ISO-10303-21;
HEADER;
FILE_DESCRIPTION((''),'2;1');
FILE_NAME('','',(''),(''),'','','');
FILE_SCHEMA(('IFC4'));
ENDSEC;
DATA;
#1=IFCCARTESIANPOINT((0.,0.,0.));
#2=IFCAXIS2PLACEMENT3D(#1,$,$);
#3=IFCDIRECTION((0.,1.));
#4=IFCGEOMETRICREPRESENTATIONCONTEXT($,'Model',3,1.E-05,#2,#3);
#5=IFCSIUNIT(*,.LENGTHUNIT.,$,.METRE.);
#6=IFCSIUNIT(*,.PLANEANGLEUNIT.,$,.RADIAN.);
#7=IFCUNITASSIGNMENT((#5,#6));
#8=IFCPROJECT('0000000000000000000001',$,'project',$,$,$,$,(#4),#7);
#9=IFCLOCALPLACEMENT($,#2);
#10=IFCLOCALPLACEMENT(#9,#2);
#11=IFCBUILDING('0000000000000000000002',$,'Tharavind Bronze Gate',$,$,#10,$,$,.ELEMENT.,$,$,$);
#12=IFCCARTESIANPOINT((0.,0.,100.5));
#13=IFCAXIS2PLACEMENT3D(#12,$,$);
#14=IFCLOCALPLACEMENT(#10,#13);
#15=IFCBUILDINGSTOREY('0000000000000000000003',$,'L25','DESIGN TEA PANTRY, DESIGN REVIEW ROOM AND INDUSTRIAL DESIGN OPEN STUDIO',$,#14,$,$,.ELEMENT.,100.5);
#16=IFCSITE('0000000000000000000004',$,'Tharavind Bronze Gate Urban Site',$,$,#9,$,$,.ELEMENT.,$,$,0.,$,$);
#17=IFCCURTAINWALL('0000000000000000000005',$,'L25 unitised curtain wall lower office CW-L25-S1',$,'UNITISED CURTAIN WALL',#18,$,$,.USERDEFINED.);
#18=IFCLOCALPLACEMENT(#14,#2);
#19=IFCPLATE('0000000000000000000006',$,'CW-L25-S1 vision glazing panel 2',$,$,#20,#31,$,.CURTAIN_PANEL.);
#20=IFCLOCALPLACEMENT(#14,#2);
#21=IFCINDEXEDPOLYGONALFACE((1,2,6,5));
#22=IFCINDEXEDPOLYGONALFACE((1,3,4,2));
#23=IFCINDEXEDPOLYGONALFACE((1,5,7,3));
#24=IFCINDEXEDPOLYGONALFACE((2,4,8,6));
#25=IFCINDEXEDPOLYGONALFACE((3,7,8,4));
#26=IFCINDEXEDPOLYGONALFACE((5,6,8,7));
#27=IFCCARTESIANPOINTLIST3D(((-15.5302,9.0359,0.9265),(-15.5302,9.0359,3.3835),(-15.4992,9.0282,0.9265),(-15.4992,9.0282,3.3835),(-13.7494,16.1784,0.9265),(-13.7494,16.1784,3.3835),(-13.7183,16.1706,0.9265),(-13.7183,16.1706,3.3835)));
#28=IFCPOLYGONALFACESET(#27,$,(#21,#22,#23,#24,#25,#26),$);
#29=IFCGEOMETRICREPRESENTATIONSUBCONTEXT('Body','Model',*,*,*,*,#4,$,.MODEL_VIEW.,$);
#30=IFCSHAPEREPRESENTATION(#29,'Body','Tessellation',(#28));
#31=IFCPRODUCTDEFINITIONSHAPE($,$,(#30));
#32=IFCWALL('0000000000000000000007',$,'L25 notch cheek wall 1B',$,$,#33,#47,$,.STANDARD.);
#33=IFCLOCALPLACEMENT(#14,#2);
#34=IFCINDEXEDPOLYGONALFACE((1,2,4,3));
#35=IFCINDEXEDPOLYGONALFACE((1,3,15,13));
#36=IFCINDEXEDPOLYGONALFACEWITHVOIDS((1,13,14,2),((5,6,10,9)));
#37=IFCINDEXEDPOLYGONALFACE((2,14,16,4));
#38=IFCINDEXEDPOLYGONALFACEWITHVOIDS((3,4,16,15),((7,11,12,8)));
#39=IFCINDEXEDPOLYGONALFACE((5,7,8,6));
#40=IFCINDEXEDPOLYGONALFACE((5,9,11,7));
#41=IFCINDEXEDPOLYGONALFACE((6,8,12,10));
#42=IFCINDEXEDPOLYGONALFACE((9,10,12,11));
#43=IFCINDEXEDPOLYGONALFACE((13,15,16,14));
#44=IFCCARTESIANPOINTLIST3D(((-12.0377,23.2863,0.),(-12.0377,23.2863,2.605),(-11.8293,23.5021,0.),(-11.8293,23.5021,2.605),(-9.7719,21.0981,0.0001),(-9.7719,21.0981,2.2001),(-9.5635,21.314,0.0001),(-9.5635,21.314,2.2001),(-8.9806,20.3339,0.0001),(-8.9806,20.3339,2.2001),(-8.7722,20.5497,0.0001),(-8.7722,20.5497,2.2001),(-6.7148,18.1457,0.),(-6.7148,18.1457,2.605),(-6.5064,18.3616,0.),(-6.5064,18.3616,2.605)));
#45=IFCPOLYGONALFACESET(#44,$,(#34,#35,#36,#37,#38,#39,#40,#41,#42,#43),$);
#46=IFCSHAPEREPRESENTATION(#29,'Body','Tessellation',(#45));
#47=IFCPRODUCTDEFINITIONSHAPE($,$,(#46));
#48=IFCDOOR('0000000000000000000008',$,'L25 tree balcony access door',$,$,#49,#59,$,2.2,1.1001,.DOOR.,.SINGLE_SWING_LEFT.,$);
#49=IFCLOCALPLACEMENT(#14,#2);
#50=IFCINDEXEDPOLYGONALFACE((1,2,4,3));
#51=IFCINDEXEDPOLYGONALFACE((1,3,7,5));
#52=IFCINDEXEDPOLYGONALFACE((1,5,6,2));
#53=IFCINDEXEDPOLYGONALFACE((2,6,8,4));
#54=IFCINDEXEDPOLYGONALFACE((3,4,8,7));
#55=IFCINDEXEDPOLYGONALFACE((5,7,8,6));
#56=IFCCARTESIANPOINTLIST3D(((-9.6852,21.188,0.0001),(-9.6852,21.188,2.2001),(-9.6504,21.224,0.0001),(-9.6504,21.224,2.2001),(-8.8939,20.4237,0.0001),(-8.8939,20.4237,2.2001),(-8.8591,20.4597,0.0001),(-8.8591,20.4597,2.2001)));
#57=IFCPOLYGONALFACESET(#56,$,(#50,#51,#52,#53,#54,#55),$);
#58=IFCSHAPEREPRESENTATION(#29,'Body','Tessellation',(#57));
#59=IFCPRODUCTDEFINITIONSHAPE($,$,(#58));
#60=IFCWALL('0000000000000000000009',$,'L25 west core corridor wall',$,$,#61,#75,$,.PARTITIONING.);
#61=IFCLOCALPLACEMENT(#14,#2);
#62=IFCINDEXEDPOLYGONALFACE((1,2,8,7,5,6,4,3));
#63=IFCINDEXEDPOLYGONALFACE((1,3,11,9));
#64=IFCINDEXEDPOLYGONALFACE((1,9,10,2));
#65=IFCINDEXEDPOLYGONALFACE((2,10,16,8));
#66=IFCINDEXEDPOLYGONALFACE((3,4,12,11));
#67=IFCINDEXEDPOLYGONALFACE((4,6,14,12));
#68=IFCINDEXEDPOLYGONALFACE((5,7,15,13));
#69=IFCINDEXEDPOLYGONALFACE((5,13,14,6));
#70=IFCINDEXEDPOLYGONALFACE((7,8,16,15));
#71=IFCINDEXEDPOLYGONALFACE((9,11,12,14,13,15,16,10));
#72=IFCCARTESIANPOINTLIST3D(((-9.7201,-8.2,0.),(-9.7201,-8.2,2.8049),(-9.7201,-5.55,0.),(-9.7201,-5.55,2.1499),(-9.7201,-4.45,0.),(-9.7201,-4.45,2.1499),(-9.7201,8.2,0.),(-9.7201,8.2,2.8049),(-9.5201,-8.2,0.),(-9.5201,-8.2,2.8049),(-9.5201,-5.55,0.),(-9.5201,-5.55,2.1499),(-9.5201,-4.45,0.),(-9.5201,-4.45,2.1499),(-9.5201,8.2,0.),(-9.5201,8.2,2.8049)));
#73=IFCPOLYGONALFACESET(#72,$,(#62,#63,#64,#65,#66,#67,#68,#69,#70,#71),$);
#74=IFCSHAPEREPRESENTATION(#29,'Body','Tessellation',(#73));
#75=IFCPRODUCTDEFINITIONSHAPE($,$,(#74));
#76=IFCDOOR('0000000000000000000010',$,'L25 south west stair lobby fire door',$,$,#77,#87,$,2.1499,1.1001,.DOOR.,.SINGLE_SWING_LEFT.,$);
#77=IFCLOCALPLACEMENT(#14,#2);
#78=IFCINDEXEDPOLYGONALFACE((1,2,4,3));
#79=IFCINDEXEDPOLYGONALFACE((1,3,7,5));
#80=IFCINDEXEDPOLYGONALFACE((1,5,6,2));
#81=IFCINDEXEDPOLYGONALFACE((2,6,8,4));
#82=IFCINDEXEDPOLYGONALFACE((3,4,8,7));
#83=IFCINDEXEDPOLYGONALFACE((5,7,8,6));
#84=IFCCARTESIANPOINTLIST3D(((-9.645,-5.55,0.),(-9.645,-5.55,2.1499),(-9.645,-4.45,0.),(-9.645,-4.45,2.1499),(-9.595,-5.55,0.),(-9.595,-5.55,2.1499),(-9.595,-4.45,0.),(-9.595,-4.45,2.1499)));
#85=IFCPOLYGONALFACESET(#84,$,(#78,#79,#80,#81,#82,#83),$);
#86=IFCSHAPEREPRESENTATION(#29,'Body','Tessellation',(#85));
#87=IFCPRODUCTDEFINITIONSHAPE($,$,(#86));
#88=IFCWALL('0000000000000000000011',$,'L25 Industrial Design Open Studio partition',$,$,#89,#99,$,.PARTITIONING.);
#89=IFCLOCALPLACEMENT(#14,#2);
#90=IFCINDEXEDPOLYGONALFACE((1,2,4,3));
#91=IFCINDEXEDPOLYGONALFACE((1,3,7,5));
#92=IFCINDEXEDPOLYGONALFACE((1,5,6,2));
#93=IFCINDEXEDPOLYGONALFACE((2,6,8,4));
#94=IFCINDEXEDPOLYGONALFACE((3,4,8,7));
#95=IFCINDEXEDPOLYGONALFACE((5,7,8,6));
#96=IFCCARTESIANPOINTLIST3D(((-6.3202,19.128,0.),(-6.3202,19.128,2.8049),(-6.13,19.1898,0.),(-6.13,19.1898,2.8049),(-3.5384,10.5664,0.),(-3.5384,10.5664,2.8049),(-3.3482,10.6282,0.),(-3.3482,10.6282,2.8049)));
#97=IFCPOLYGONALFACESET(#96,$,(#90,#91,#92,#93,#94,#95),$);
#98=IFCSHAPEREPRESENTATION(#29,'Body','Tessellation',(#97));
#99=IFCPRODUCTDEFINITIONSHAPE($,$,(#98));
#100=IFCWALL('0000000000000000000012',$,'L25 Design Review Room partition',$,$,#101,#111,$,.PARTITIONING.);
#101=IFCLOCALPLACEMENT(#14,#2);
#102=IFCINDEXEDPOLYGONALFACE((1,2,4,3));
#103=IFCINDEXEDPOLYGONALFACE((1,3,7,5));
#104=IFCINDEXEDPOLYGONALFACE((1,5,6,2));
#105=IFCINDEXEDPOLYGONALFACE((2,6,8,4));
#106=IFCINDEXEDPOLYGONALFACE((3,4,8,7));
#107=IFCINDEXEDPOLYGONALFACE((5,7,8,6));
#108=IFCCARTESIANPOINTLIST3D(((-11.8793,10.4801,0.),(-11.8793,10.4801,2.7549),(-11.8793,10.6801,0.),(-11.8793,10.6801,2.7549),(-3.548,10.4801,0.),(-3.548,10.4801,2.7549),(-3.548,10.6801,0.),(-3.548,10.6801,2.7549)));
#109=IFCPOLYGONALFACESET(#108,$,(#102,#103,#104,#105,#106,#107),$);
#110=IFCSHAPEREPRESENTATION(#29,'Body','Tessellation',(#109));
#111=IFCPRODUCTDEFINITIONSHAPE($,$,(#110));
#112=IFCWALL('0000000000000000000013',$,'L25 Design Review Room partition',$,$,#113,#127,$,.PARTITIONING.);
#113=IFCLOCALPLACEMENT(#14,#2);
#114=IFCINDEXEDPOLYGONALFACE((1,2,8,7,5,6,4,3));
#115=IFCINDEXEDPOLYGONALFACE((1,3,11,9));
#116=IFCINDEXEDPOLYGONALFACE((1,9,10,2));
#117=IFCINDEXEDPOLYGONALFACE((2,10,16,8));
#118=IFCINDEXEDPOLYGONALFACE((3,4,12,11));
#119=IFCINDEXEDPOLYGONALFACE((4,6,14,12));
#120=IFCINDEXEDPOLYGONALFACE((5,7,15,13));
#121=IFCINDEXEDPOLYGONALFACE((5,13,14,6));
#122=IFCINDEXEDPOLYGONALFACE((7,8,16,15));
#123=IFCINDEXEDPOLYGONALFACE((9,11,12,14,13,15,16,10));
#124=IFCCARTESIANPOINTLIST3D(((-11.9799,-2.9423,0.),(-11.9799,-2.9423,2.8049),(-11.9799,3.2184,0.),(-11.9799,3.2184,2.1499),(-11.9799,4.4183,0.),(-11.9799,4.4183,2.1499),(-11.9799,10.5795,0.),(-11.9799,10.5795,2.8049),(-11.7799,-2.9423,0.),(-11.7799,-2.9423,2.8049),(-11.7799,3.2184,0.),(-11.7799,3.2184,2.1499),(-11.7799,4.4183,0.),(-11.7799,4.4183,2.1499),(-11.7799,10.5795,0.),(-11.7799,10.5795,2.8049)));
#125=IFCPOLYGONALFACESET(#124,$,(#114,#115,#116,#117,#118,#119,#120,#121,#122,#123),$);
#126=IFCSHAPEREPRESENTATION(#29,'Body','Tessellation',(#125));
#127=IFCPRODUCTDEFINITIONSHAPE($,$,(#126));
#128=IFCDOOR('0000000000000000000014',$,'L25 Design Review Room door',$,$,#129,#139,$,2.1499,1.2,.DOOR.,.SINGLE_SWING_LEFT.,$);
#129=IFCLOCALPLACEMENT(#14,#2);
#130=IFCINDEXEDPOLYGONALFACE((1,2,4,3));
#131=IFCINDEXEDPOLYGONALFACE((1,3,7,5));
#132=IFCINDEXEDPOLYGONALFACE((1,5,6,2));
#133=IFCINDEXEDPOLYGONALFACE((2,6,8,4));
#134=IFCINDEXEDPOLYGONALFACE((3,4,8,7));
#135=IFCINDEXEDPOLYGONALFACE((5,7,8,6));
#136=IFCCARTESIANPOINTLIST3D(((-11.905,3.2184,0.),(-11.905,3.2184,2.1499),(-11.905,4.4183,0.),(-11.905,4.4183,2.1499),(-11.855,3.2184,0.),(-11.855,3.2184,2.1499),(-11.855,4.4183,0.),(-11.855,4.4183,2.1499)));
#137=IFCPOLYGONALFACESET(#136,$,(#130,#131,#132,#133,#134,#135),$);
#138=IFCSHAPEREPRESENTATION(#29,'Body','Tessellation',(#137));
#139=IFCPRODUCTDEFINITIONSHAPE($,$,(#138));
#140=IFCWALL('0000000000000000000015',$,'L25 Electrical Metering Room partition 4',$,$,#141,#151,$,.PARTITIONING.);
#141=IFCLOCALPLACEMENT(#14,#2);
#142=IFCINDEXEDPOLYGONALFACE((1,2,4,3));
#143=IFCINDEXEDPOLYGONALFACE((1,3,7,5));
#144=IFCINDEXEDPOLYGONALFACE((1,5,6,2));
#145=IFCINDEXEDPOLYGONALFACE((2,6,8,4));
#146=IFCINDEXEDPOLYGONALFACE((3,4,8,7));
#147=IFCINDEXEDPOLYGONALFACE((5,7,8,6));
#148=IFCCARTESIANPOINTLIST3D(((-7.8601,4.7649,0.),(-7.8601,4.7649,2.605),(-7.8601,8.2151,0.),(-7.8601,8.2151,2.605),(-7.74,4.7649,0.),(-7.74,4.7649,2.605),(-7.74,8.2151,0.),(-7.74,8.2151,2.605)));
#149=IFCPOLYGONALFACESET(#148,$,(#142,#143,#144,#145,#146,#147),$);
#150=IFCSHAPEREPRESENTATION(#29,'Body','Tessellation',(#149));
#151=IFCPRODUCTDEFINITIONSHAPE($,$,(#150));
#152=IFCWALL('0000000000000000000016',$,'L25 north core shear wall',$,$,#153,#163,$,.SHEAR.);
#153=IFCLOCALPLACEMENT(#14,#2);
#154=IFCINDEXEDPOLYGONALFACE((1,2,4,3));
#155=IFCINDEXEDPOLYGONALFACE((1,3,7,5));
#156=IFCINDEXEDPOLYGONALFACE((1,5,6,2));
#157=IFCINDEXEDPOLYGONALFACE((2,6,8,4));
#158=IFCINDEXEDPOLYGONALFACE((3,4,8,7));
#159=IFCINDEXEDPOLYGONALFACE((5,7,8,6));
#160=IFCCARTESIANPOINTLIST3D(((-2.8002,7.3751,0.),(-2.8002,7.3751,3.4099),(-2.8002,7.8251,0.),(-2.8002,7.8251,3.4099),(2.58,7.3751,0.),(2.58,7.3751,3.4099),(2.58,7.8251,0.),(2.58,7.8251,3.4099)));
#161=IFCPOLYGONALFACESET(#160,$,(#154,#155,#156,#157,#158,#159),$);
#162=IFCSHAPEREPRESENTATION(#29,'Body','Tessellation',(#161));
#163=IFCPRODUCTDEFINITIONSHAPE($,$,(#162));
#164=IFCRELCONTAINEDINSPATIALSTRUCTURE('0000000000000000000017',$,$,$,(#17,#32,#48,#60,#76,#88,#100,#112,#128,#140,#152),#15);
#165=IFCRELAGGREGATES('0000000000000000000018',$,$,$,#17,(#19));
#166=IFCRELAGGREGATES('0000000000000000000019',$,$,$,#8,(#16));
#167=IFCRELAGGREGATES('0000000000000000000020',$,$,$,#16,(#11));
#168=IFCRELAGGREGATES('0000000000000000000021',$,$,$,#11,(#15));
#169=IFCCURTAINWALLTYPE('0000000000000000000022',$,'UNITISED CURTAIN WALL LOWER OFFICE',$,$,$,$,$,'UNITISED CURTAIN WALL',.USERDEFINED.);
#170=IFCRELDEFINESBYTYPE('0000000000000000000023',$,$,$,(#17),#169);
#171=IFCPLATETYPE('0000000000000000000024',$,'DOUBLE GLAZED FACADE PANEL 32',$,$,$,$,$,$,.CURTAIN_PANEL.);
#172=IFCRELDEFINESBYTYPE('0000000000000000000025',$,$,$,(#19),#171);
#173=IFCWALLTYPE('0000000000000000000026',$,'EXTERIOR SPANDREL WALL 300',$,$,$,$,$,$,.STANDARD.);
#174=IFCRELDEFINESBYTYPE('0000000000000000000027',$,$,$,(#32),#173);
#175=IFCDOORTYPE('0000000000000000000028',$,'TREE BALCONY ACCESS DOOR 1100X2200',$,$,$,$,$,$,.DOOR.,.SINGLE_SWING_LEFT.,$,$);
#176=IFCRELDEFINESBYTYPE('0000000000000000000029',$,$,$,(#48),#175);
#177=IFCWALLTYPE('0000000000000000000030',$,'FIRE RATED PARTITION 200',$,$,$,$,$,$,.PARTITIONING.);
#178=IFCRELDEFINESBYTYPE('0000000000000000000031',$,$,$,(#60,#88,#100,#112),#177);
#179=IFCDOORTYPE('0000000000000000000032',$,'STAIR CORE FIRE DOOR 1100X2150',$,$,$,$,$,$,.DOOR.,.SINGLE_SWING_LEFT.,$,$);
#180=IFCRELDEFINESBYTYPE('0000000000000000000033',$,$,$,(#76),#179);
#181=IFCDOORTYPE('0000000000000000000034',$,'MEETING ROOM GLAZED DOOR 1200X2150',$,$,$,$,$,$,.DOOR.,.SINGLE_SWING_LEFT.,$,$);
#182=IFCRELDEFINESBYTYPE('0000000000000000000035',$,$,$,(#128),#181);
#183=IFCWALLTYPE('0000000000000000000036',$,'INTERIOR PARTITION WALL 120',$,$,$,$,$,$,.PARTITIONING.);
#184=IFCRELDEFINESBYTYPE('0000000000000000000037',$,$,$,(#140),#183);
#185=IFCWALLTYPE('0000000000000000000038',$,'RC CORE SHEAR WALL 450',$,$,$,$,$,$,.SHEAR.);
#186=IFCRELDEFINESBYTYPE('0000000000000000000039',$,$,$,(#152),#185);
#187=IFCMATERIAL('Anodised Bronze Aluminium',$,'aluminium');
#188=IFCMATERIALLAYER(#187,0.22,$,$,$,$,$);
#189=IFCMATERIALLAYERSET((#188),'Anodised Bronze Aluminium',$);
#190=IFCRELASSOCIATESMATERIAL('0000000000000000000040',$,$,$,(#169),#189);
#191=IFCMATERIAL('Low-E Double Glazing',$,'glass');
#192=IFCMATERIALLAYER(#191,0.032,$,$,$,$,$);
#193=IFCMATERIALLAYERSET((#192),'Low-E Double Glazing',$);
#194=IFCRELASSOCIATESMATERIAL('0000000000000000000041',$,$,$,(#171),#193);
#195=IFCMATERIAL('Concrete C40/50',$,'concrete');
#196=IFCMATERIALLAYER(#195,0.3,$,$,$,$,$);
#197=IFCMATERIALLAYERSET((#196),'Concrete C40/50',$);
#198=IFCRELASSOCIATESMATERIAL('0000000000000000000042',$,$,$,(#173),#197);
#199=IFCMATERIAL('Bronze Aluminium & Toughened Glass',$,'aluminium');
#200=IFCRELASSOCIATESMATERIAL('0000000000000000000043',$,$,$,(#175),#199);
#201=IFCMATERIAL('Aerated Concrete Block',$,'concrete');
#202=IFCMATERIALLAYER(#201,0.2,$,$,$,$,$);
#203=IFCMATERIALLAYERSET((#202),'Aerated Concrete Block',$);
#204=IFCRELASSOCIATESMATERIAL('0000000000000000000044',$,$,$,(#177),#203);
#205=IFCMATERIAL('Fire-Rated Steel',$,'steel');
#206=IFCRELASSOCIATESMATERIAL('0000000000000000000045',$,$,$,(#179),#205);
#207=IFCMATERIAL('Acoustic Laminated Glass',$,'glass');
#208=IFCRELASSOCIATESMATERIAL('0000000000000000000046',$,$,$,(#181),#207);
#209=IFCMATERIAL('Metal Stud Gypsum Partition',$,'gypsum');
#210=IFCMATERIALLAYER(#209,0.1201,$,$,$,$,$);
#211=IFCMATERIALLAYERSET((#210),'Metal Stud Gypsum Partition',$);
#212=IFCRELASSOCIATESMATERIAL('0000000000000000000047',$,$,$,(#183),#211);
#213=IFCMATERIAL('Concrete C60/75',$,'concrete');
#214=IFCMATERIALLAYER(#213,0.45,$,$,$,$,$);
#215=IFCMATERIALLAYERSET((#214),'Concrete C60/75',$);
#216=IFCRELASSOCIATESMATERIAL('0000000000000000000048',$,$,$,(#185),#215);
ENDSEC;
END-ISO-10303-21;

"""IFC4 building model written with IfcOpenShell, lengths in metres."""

from ifc_helpers import new_model, si_unit, direction, frame, frame_2d, origin, origin_2d, place, context, subcontext, project, spatial, rectangle, extrude, material, layer, layer_set, type_object, element, fill, aggregate, save


model = new_model("IFC4")

# Units and contexts
model_context = context("Model", 3, precision=1e-05, world=origin(), true_north=direction((0.0, 1.0)))
body_context = subcontext(model_context, "Body", "Model", "MODEL_VIEW")
ifc_project = project(units=[si_unit("LENGTHUNIT", "METRE"), si_unit("PLANEANGLEUNIT", "RADIAN")], contexts=[model_context])

# Site, building, storey
site_placement = place(None, origin())
site = spatial("IfcSite", under=ifc_project, at=site_placement, Name="Tharavind Bronze Gate Urban Site", CompositionType="ELEMENT", RefElevation=0.0)
building_placement = place(site_placement, origin())
building = spatial("IfcBuilding", under=site, at=building_placement, Name="Tharavind Bronze Gate", CompositionType="ELEMENT")
storey_placement = place(building_placement, frame((0.0, 0.0, 100.5)))
storey = spatial("IfcBuildingStorey", under=building, at=storey_placement, Name="L25", Description="DESIGN TEA PANTRY, DESIGN REVIEW ROOM AND INDUSTRIAL DESIGN OPEN STUDIO", CompositionType="ELEMENT", Elevation=100.5)

# Curtain wall
ifc_material_1 = material(Name="Anodised Bronze Aluminium", Category="aluminium")
ifc_layer_1 = layer(ifc_material_1, 0.22)
ifc_layer_set_1 = layer_set([ifc_layer_1], Name="Anodised Bronze Aluminium")
curtain_wall_type = type_object("IfcCurtainWallType", Name="UNITISED CURTAIN WALL LOWER OFFICE", ElementType="UNITISED CURTAIN WALL", PredefinedType="USERDEFINED", material=ifc_layer_set_1)
curtain_wall_placement = place(storey_placement, origin())
curtain_wall = element("IfcCurtainWall", 1, at=curtain_wall_placement, inside=storey, type_object=curtain_wall_type, Name="L25 unitised curtain wall lower office CW-L25-S1", ObjectType="UNITISED CURTAIN WALL", PredefinedType="USERDEFINED")

# Plate
ifc_material_2 = material(Name="Low-E Double Glazing", Category="glass")
ifc_layer_2 = layer(ifc_material_2, 0.032)
ifc_layer_set_2 = layer_set([ifc_layer_2], Name="Low-E Double Glazing")
plate_type_1 = type_object("IfcPlateType", Name="DOUBLE GLAZED FACADE PANEL 32", PredefinedType="CURTAIN_PANEL", material=ifc_layer_set_2)
plate_1_placement = place(storey_placement, frame((-14.6243, 12.6033, 0.9265), z_axis=(0.0, 0.0, 1.0), x_axis=(-0.241922, -0.970296, 0.0)))
plate_1 = element("IfcPlate", 2, at=plate_1_placement, type_object=plate_type_1, Name="CW-L25-S1 vision glazing panel 2", PredefinedType="CURTAIN_PANEL", context=body_context, shape_type="SweptSolid", body=[
    extrude(rectangle(XDim=7.3611, YDim=0.032, at=origin_2d()), origin(), (0.0, 0.0, 1.0), 2.457),
])
aggregate(curtain_wall, [plate_1])

# Walls, openings, doors
ifc_material_3 = material(Name="Concrete C40/50", Category="concrete")
ifc_layer_3 = layer(ifc_material_3, 0.3)
ifc_layer_set_3 = layer_set([ifc_layer_3], Name="Concrete C40/50")
wall_type_1 = type_object("IfcWallType", Name="EXTERIOR SPANDREL WALL 300", PredefinedType="STANDARD", material=ifc_layer_set_3)
wall_1_placement = place(storey_placement, frame((-6.6106, 18.2537, 0.0), z_axis=(0.0, 0.0, 1.0), x_axis=(-0.719322, 0.694677, 0.0)))
wall_1 = element("IfcWall", 3, at=wall_1_placement, inside=storey, type_object=wall_type_1, Name="L25 notch cheek wall 1B", PredefinedType="STANDARD", context=body_context, shape_type="SweptSolid", body=[
    extrude(rectangle(XDim=7.3999, YDim=0.3, at=frame_2d((3.7, 0.0))), origin(), (0.0, 0.0, 1.0), 2.605),
])
opening_1_placement = place(wall_1_placement, frame((3.1499, 0.0, 0.0)))
opening_1 = element("IfcOpeningElement", 4, at=opening_1_placement, cuts=wall_1, PredefinedType="OPENING", context=body_context, shape_type="SweptSolid", body=[
    extrude(rectangle(XDim=1.1001, YDim=2.2, at=frame_2d((0.55, 1.1001))), frame((0.0, 0.1599, 0.0), z_axis=(0.0, -1.0, 0.0), x_axis=(1.0, 0.0, 0.0)), (0.0, 0.0, 1.0), 0.32),
])
ifc_material_4 = material(Name="Bronze Aluminium & Toughened Glass", Category="aluminium")
door_type_1 = type_object("IfcDoorType", Name="TREE BALCONY ACCESS DOOR 1100X2200", OperationType="SINGLE_SWING_LEFT", PredefinedType="DOOR", material=ifc_material_4)
door_1_placement = place(opening_1_placement, frame((1.1001, 0.0, 0.0), z_axis=(0.0, 0.0, 1.0), x_axis=(-1.0, 0.0, 0.0)))
door_1 = element("IfcDoor", 5, at=door_1_placement, inside=storey, type_object=door_type_1, Name="L25 tree balcony access door", OperationType="SINGLE_SWING_LEFT", OverallHeight=2.2, OverallWidth=1.1001, PredefinedType="DOOR", context=body_context, shape_type="SweptSolid", body=[
    extrude(rectangle(XDim=1.1001, YDim=2.2, at=frame_2d((0.55, 1.1001))), frame((0.0, 0.0249, 0.0), z_axis=(0.0, -1.0, 0.0), x_axis=(1.0, 0.0, 0.0)), (0.0, 0.0, 1.0), 0.05),
])
fill(opening_1, door_1)
ifc_material_5 = material(Name="Aerated Concrete Block", Category="concrete")
ifc_layer_4 = layer(ifc_material_5, 0.2)
ifc_layer_set_4 = layer_set([ifc_layer_4], Name="Aerated Concrete Block")
wall_type_2 = type_object("IfcWallType", Name="FIRE RATED PARTITION 200", PredefinedType="PARTITIONING", material=ifc_layer_set_4)
wall_2_placement = place(storey_placement, frame((-9.6201, 8.2, 0.0), z_axis=(0.0, 0.0, 1.0), x_axis=(0.0, -1.0, 0.0)))
wall_2 = element("IfcWall", 6, at=wall_2_placement, inside=storey, type_object=wall_type_2, Name="L25 west core corridor wall", PredefinedType="PARTITIONING", context=body_context, shape_type="SweptSolid", body=[
    extrude(rectangle(XDim=16.3999, YDim=0.2, at=frame_2d((8.2, 0.0))), origin(), (0.0, 0.0, 1.0), 2.8049),
])
opening_2_placement = place(wall_2_placement, frame((12.6499, 0.0, 0.0)))
opening_2 = element("IfcOpeningElement", 7, at=opening_2_placement, cuts=wall_2, PredefinedType="OPENING", context=body_context, shape_type="SweptSolid", body=[
    extrude(rectangle(XDim=1.1001, YDim=2.1499, at=frame_2d((0.55, 1.075))), frame((0.0, 0.1101, 0.0), z_axis=(0.0, -1.0, 0.0), x_axis=(1.0, 0.0, 0.0)), (0.0, 0.0, 1.0), 0.22),
])
ifc_material_6 = material(Name="Fire-Rated Steel", Category="steel")
door_type_2 = type_object("IfcDoorType", Name="STAIR CORE FIRE DOOR 1100X2150", OperationType="SINGLE_SWING_LEFT", PredefinedType="DOOR", material=ifc_material_6)
door_2_placement = place(opening_2_placement, frame((1.1001, 0.0, 0.0), z_axis=(0.0, 0.0, 1.0), x_axis=(-1.0, 0.0, 0.0)))
door_2 = element("IfcDoor", 8, at=door_2_placement, inside=storey, type_object=door_type_2, Name="L25 south west stair lobby fire door", OperationType="SINGLE_SWING_LEFT", OverallHeight=2.1499, OverallWidth=1.1001, PredefinedType="DOOR", context=body_context, shape_type="SweptSolid", body=[
    extrude(rectangle(XDim=1.1001, YDim=2.1499, at=frame_2d((0.55, 1.075))), frame((0.0, 0.0249, 0.0), z_axis=(0.0, -1.0, 0.0), x_axis=(1.0, 0.0, 0.0)), (0.0, 0.0, 1.0), 0.05),
])
fill(opening_2, door_2)

# Walls
wall_3_placement = place(storey_placement, frame((-3.4434, 10.5974, 0.0), z_axis=(0.0, 0.0, 1.0), x_axis=(-0.30901, 0.951059, 0.0)))
element("IfcWall", 9, at=wall_3_placement, inside=storey, type_object=wall_type_2, Name="L25 Industrial Design Open Studio partition", PredefinedType="PARTITIONING", context=body_context, shape_type="SweptSolid", body=[
    extrude(rectangle(XDim=9.0022, YDim=0.2, at=frame_2d((4.501, 0.0))), origin(), (0.0, 0.0, 1.0), 2.8049),
])
wall_4_placement = place(storey_placement, frame((-3.5481, 10.5801, 0.0), z_axis=(0.0, 0.0, 1.0), x_axis=(-1.0, 0.0, 0.0)))
element("IfcWall", 10, at=wall_4_placement, inside=storey, type_object=wall_type_2, Name="L25 Design Review Room partition", PredefinedType="PARTITIONING", context=body_context, shape_type="SweptSolid", body=[
    extrude(rectangle(XDim=8.3313, YDim=0.2, at=frame_2d((4.1655, 0.0))), origin(), (0.0, 0.0, 1.0), 2.7549),
])

# Wall, opening, door
wall_5_placement = place(storey_placement, frame((-11.8799, 10.5793, 0.0), z_axis=(0.0, 0.0, 1.0), x_axis=(0.0, -1.0, 0.0)))
wall_5 = element("IfcWall", 11, at=wall_5_placement, inside=storey, type_object=wall_type_2, Name="L25 Design Review Room partition", PredefinedType="PARTITIONING", context=body_context, shape_type="SweptSolid", body=[
    extrude(rectangle(XDim=13.5217, YDim=0.2, at=frame_2d((6.7607, 0.0))), origin(), (0.0, 0.0, 1.0), 2.8049),
])
opening_3_placement = place(wall_5_placement, frame((6.1609, 0.0, 0.0)))
opening_3 = element("IfcOpeningElement", 12, at=opening_3_placement, cuts=wall_5, PredefinedType="OPENING", context=body_context, shape_type="SweptSolid", body=[
    extrude(rectangle(XDim=1.2, YDim=2.1499, at=frame_2d((0.6001, 1.075))), frame((0.0, 0.1101, 0.0), z_axis=(0.0, -1.0, 0.0), x_axis=(1.0, 0.0, 0.0)), (0.0, 0.0, 1.0), 0.22),
])
ifc_material_7 = material(Name="Acoustic Laminated Glass", Category="glass")
door_type_3 = type_object("IfcDoorType", Name="MEETING ROOM GLAZED DOOR 1200X2150", OperationType="SINGLE_SWING_LEFT", PredefinedType="DOOR", material=ifc_material_7)
door_3_placement = place(opening_3_placement, origin())
door_3 = element("IfcDoor", 13, at=door_3_placement, inside=storey, type_object=door_type_3, Name="L25 Design Review Room door", OperationType="SINGLE_SWING_LEFT", OverallHeight=2.1499, OverallWidth=1.2, PredefinedType="DOOR", context=body_context, shape_type="SweptSolid", body=[
    extrude(rectangle(XDim=1.2, YDim=2.1499, at=frame_2d((0.6001, 1.075))), frame((0.0, 0.0249, 0.0), z_axis=(0.0, -1.0, 0.0), x_axis=(1.0, 0.0, 0.0)), (0.0, 0.0, 1.0), 0.05),
])
fill(opening_3, door_3)

# Walls
ifc_material_8 = material(Name="Metal Stud Gypsum Partition", Category="gypsum")
ifc_layer_5 = layer(ifc_material_8, 0.1201)
ifc_layer_set_5 = layer_set([ifc_layer_5], Name="Metal Stud Gypsum Partition")
wall_type_3 = type_object("IfcWallType", Name="INTERIOR PARTITION WALL 120", PredefinedType="PARTITIONING", material=ifc_layer_set_5)
wall_6_placement = place(storey_placement, frame((-7.8, 8.2151, 0.0), z_axis=(0.0, 0.0, 1.0), x_axis=(0.0, -1.0, 0.0)))
element("IfcWall", 14, at=wall_6_placement, inside=storey, type_object=wall_type_3, Name="L25 Electrical Metering Room partition 4", PredefinedType="PARTITIONING", context=body_context, shape_type="SweptSolid", body=[
    extrude(rectangle(XDim=3.4502, YDim=0.1201, at=frame_2d((1.7251, 0.0))), origin(), (0.0, 0.0, 1.0), 2.605),
])
ifc_material_9 = material(Name="Concrete C60/75", Category="concrete")
ifc_layer_6 = layer(ifc_material_9, 0.45)
ifc_layer_set_6 = layer_set([ifc_layer_6], Name="Concrete C60/75")
wall_type_4 = type_object("IfcWallType", Name="RC CORE SHEAR WALL 450", PredefinedType="SHEAR", material=ifc_layer_set_6)
wall_7_placement = place(storey_placement, frame((-2.8, 7.6001, 0.0), z_axis=(0.0, 0.0, 1.0), x_axis=(1.0, 0.0, 0.0)))
element("IfcWall", 15, at=wall_7_placement, inside=storey, type_object=wall_type_4, Name="L25 north core shear wall", PredefinedType="SHEAR", context=body_context, shape_type="SweptSolid", body=[
    extrude(rectangle(XDim=5.3801, YDim=0.45, at=frame_2d((2.6899, 0.0))), origin(), (0.0, 0.0, 1.0), 3.4099),
])

save(model, "model.ifc")
